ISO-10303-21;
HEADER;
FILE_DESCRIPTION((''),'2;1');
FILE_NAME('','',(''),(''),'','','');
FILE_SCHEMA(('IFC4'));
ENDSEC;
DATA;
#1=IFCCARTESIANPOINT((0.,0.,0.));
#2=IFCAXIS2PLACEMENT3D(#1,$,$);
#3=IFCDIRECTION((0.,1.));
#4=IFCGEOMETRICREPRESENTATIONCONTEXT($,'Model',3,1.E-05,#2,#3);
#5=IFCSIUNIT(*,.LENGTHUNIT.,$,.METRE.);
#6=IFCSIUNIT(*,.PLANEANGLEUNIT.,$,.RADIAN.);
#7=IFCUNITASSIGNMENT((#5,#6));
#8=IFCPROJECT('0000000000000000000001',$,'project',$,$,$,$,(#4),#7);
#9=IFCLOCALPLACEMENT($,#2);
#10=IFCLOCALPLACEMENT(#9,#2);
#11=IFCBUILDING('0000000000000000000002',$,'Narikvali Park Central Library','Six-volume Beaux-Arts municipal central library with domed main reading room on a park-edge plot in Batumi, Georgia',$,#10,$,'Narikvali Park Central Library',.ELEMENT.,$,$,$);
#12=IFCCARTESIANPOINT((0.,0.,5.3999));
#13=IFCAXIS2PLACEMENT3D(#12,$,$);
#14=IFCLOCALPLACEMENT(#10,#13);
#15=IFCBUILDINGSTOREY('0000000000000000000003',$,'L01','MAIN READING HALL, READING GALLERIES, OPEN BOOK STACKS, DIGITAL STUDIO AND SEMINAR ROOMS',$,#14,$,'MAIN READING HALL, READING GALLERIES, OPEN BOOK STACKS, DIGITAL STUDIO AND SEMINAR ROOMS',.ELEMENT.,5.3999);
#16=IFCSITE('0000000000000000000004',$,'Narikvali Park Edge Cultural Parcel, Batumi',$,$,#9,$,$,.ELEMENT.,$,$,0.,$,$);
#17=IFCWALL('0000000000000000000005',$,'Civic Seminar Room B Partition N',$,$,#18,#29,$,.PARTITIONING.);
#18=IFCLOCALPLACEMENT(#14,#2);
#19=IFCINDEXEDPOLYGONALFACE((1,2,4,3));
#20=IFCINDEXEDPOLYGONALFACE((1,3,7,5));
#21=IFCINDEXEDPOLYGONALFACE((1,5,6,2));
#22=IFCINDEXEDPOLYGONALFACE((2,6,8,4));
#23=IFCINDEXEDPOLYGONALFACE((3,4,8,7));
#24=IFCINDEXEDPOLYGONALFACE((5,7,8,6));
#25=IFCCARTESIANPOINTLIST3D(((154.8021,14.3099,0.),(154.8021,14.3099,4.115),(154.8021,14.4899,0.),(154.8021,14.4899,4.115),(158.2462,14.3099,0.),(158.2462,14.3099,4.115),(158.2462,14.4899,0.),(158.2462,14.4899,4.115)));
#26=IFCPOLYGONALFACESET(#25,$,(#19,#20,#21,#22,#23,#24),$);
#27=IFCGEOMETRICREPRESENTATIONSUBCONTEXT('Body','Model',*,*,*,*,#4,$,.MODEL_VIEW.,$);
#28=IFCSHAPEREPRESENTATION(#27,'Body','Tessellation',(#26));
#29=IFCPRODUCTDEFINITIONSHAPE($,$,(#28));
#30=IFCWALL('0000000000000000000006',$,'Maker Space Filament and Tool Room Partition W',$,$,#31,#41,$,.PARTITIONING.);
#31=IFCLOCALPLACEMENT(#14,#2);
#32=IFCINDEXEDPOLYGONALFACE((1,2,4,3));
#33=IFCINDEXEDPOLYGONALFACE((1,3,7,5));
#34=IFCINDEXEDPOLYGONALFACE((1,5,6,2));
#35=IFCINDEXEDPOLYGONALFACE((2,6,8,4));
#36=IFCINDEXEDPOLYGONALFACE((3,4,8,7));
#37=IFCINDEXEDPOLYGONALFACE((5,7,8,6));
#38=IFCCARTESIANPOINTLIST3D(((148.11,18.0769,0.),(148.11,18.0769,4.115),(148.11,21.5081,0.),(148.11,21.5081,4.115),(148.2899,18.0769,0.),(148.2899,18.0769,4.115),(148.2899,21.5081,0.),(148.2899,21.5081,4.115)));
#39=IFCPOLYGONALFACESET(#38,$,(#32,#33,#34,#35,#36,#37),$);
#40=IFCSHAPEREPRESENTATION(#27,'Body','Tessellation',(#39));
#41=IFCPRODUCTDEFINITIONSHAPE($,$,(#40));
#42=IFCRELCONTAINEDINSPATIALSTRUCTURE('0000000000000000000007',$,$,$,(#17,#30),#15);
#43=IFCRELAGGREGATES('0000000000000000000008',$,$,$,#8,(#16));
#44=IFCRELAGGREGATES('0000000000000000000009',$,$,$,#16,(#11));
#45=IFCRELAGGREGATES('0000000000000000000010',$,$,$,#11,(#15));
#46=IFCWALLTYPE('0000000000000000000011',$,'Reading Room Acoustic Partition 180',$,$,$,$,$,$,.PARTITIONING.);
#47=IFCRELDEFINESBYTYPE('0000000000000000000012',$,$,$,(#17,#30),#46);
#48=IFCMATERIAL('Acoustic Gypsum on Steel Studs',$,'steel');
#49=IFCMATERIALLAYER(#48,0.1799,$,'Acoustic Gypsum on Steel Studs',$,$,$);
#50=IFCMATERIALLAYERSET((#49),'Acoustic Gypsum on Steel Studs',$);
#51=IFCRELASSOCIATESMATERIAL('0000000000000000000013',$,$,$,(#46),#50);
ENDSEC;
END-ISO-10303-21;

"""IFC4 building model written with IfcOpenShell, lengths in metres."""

from ifc_helpers import new_model, si_unit, direction, frame, frame_2d, origin, place, context, subcontext, project, spatial, rectangle, extrude, material, layer, layer_set, type_object, element, save


model = new_model("IFC4")

# Units and contexts
model_context = context("Model", 3, precision=1e-05, world=origin(), true_north=direction((0.0, 1.0)))
body_context = subcontext(model_context, "Body", "Model", "MODEL_VIEW")
ifc_project = project(units=[si_unit("LENGTHUNIT", "METRE"), si_unit("PLANEANGLEUNIT", "RADIAN")], contexts=[model_context])

# Site, building, storey
site_placement = place(None, origin())
site = spatial("IfcSite", under=ifc_project, at=site_placement, Name="Narikvali Park Edge Cultural Parcel, Batumi", CompositionType="ELEMENT", RefElevation=0.0)
building_placement = place(site_placement, origin())
building = spatial("IfcBuilding", under=site, at=building_placement, Name="Narikvali Park Central Library", Description="Six-volume Beaux-Arts municipal central library with domed main reading room on a park-edge plot in Batumi, Georgia", LongName="Narikvali Park Central Library", CompositionType="ELEMENT")
storey_placement = place(building_placement, frame((0.0, 0.0, 5.3999)))
storey = spatial("IfcBuildingStorey", under=building, at=storey_placement, Name="L01", Description="MAIN READING HALL, READING GALLERIES, OPEN BOOK STACKS, DIGITAL STUDIO AND SEMINAR ROOMS", LongName="MAIN READING HALL, READING GALLERIES, OPEN BOOK STACKS, DIGITAL STUDIO AND SEMINAR ROOMS", CompositionType="ELEMENT", Elevation=5.3999)

# Walls
ifc_material_1 = material(Name="Acoustic Gypsum on Steel Studs", Category="steel")
ifc_layer_1 = layer(ifc_material_1, 0.1799, Name="Acoustic Gypsum on Steel Studs")
ifc_layer_set_1 = layer_set([ifc_layer_1], Name="Acoustic Gypsum on Steel Studs")
wall_type_1 = type_object("IfcWallType", Name="Reading Room Acoustic Partition 180", PredefinedType="PARTITIONING", material=ifc_layer_set_1)
wall_1_placement = place(storey_placement, frame((154.802, 14.3999, 0.0), z_axis=(0.0, 0.0, 1.0), x_axis=(1.0, 0.0, 0.0)))
element("IfcWall", 1, at=wall_1_placement, inside=storey, type_object=wall_type_1, Name="Civic Seminar Room B Partition N", PredefinedType="PARTITIONING", context=body_context, shape_type="SweptSolid", body=[
    extrude(rectangle(XDim=3.4441, YDim=0.1799, at=frame_2d((1.7222, 0.0))), origin(), (0.0, 0.0, 1.0), 4.115),
])
wall_2_placement = place(storey_placement, frame((148.2, 18.0769, 0.0), z_axis=(0.0, 0.0, 1.0), x_axis=(0.0, 1.0, 0.0)))
element("IfcWall", 2, at=wall_2_placement, inside=storey, type_object=wall_type_1, Name="Maker Space Filament and Tool Room Partition W", PredefinedType="PARTITIONING", context=body_context, shape_type="SweptSolid", body=[
    extrude(rectangle(XDim=3.4312, YDim=0.1799, at=frame_2d((1.7156, 0.0))), origin(), (0.0, 0.0, 1.0), 4.115),
])

save(model, "model.ifc")
